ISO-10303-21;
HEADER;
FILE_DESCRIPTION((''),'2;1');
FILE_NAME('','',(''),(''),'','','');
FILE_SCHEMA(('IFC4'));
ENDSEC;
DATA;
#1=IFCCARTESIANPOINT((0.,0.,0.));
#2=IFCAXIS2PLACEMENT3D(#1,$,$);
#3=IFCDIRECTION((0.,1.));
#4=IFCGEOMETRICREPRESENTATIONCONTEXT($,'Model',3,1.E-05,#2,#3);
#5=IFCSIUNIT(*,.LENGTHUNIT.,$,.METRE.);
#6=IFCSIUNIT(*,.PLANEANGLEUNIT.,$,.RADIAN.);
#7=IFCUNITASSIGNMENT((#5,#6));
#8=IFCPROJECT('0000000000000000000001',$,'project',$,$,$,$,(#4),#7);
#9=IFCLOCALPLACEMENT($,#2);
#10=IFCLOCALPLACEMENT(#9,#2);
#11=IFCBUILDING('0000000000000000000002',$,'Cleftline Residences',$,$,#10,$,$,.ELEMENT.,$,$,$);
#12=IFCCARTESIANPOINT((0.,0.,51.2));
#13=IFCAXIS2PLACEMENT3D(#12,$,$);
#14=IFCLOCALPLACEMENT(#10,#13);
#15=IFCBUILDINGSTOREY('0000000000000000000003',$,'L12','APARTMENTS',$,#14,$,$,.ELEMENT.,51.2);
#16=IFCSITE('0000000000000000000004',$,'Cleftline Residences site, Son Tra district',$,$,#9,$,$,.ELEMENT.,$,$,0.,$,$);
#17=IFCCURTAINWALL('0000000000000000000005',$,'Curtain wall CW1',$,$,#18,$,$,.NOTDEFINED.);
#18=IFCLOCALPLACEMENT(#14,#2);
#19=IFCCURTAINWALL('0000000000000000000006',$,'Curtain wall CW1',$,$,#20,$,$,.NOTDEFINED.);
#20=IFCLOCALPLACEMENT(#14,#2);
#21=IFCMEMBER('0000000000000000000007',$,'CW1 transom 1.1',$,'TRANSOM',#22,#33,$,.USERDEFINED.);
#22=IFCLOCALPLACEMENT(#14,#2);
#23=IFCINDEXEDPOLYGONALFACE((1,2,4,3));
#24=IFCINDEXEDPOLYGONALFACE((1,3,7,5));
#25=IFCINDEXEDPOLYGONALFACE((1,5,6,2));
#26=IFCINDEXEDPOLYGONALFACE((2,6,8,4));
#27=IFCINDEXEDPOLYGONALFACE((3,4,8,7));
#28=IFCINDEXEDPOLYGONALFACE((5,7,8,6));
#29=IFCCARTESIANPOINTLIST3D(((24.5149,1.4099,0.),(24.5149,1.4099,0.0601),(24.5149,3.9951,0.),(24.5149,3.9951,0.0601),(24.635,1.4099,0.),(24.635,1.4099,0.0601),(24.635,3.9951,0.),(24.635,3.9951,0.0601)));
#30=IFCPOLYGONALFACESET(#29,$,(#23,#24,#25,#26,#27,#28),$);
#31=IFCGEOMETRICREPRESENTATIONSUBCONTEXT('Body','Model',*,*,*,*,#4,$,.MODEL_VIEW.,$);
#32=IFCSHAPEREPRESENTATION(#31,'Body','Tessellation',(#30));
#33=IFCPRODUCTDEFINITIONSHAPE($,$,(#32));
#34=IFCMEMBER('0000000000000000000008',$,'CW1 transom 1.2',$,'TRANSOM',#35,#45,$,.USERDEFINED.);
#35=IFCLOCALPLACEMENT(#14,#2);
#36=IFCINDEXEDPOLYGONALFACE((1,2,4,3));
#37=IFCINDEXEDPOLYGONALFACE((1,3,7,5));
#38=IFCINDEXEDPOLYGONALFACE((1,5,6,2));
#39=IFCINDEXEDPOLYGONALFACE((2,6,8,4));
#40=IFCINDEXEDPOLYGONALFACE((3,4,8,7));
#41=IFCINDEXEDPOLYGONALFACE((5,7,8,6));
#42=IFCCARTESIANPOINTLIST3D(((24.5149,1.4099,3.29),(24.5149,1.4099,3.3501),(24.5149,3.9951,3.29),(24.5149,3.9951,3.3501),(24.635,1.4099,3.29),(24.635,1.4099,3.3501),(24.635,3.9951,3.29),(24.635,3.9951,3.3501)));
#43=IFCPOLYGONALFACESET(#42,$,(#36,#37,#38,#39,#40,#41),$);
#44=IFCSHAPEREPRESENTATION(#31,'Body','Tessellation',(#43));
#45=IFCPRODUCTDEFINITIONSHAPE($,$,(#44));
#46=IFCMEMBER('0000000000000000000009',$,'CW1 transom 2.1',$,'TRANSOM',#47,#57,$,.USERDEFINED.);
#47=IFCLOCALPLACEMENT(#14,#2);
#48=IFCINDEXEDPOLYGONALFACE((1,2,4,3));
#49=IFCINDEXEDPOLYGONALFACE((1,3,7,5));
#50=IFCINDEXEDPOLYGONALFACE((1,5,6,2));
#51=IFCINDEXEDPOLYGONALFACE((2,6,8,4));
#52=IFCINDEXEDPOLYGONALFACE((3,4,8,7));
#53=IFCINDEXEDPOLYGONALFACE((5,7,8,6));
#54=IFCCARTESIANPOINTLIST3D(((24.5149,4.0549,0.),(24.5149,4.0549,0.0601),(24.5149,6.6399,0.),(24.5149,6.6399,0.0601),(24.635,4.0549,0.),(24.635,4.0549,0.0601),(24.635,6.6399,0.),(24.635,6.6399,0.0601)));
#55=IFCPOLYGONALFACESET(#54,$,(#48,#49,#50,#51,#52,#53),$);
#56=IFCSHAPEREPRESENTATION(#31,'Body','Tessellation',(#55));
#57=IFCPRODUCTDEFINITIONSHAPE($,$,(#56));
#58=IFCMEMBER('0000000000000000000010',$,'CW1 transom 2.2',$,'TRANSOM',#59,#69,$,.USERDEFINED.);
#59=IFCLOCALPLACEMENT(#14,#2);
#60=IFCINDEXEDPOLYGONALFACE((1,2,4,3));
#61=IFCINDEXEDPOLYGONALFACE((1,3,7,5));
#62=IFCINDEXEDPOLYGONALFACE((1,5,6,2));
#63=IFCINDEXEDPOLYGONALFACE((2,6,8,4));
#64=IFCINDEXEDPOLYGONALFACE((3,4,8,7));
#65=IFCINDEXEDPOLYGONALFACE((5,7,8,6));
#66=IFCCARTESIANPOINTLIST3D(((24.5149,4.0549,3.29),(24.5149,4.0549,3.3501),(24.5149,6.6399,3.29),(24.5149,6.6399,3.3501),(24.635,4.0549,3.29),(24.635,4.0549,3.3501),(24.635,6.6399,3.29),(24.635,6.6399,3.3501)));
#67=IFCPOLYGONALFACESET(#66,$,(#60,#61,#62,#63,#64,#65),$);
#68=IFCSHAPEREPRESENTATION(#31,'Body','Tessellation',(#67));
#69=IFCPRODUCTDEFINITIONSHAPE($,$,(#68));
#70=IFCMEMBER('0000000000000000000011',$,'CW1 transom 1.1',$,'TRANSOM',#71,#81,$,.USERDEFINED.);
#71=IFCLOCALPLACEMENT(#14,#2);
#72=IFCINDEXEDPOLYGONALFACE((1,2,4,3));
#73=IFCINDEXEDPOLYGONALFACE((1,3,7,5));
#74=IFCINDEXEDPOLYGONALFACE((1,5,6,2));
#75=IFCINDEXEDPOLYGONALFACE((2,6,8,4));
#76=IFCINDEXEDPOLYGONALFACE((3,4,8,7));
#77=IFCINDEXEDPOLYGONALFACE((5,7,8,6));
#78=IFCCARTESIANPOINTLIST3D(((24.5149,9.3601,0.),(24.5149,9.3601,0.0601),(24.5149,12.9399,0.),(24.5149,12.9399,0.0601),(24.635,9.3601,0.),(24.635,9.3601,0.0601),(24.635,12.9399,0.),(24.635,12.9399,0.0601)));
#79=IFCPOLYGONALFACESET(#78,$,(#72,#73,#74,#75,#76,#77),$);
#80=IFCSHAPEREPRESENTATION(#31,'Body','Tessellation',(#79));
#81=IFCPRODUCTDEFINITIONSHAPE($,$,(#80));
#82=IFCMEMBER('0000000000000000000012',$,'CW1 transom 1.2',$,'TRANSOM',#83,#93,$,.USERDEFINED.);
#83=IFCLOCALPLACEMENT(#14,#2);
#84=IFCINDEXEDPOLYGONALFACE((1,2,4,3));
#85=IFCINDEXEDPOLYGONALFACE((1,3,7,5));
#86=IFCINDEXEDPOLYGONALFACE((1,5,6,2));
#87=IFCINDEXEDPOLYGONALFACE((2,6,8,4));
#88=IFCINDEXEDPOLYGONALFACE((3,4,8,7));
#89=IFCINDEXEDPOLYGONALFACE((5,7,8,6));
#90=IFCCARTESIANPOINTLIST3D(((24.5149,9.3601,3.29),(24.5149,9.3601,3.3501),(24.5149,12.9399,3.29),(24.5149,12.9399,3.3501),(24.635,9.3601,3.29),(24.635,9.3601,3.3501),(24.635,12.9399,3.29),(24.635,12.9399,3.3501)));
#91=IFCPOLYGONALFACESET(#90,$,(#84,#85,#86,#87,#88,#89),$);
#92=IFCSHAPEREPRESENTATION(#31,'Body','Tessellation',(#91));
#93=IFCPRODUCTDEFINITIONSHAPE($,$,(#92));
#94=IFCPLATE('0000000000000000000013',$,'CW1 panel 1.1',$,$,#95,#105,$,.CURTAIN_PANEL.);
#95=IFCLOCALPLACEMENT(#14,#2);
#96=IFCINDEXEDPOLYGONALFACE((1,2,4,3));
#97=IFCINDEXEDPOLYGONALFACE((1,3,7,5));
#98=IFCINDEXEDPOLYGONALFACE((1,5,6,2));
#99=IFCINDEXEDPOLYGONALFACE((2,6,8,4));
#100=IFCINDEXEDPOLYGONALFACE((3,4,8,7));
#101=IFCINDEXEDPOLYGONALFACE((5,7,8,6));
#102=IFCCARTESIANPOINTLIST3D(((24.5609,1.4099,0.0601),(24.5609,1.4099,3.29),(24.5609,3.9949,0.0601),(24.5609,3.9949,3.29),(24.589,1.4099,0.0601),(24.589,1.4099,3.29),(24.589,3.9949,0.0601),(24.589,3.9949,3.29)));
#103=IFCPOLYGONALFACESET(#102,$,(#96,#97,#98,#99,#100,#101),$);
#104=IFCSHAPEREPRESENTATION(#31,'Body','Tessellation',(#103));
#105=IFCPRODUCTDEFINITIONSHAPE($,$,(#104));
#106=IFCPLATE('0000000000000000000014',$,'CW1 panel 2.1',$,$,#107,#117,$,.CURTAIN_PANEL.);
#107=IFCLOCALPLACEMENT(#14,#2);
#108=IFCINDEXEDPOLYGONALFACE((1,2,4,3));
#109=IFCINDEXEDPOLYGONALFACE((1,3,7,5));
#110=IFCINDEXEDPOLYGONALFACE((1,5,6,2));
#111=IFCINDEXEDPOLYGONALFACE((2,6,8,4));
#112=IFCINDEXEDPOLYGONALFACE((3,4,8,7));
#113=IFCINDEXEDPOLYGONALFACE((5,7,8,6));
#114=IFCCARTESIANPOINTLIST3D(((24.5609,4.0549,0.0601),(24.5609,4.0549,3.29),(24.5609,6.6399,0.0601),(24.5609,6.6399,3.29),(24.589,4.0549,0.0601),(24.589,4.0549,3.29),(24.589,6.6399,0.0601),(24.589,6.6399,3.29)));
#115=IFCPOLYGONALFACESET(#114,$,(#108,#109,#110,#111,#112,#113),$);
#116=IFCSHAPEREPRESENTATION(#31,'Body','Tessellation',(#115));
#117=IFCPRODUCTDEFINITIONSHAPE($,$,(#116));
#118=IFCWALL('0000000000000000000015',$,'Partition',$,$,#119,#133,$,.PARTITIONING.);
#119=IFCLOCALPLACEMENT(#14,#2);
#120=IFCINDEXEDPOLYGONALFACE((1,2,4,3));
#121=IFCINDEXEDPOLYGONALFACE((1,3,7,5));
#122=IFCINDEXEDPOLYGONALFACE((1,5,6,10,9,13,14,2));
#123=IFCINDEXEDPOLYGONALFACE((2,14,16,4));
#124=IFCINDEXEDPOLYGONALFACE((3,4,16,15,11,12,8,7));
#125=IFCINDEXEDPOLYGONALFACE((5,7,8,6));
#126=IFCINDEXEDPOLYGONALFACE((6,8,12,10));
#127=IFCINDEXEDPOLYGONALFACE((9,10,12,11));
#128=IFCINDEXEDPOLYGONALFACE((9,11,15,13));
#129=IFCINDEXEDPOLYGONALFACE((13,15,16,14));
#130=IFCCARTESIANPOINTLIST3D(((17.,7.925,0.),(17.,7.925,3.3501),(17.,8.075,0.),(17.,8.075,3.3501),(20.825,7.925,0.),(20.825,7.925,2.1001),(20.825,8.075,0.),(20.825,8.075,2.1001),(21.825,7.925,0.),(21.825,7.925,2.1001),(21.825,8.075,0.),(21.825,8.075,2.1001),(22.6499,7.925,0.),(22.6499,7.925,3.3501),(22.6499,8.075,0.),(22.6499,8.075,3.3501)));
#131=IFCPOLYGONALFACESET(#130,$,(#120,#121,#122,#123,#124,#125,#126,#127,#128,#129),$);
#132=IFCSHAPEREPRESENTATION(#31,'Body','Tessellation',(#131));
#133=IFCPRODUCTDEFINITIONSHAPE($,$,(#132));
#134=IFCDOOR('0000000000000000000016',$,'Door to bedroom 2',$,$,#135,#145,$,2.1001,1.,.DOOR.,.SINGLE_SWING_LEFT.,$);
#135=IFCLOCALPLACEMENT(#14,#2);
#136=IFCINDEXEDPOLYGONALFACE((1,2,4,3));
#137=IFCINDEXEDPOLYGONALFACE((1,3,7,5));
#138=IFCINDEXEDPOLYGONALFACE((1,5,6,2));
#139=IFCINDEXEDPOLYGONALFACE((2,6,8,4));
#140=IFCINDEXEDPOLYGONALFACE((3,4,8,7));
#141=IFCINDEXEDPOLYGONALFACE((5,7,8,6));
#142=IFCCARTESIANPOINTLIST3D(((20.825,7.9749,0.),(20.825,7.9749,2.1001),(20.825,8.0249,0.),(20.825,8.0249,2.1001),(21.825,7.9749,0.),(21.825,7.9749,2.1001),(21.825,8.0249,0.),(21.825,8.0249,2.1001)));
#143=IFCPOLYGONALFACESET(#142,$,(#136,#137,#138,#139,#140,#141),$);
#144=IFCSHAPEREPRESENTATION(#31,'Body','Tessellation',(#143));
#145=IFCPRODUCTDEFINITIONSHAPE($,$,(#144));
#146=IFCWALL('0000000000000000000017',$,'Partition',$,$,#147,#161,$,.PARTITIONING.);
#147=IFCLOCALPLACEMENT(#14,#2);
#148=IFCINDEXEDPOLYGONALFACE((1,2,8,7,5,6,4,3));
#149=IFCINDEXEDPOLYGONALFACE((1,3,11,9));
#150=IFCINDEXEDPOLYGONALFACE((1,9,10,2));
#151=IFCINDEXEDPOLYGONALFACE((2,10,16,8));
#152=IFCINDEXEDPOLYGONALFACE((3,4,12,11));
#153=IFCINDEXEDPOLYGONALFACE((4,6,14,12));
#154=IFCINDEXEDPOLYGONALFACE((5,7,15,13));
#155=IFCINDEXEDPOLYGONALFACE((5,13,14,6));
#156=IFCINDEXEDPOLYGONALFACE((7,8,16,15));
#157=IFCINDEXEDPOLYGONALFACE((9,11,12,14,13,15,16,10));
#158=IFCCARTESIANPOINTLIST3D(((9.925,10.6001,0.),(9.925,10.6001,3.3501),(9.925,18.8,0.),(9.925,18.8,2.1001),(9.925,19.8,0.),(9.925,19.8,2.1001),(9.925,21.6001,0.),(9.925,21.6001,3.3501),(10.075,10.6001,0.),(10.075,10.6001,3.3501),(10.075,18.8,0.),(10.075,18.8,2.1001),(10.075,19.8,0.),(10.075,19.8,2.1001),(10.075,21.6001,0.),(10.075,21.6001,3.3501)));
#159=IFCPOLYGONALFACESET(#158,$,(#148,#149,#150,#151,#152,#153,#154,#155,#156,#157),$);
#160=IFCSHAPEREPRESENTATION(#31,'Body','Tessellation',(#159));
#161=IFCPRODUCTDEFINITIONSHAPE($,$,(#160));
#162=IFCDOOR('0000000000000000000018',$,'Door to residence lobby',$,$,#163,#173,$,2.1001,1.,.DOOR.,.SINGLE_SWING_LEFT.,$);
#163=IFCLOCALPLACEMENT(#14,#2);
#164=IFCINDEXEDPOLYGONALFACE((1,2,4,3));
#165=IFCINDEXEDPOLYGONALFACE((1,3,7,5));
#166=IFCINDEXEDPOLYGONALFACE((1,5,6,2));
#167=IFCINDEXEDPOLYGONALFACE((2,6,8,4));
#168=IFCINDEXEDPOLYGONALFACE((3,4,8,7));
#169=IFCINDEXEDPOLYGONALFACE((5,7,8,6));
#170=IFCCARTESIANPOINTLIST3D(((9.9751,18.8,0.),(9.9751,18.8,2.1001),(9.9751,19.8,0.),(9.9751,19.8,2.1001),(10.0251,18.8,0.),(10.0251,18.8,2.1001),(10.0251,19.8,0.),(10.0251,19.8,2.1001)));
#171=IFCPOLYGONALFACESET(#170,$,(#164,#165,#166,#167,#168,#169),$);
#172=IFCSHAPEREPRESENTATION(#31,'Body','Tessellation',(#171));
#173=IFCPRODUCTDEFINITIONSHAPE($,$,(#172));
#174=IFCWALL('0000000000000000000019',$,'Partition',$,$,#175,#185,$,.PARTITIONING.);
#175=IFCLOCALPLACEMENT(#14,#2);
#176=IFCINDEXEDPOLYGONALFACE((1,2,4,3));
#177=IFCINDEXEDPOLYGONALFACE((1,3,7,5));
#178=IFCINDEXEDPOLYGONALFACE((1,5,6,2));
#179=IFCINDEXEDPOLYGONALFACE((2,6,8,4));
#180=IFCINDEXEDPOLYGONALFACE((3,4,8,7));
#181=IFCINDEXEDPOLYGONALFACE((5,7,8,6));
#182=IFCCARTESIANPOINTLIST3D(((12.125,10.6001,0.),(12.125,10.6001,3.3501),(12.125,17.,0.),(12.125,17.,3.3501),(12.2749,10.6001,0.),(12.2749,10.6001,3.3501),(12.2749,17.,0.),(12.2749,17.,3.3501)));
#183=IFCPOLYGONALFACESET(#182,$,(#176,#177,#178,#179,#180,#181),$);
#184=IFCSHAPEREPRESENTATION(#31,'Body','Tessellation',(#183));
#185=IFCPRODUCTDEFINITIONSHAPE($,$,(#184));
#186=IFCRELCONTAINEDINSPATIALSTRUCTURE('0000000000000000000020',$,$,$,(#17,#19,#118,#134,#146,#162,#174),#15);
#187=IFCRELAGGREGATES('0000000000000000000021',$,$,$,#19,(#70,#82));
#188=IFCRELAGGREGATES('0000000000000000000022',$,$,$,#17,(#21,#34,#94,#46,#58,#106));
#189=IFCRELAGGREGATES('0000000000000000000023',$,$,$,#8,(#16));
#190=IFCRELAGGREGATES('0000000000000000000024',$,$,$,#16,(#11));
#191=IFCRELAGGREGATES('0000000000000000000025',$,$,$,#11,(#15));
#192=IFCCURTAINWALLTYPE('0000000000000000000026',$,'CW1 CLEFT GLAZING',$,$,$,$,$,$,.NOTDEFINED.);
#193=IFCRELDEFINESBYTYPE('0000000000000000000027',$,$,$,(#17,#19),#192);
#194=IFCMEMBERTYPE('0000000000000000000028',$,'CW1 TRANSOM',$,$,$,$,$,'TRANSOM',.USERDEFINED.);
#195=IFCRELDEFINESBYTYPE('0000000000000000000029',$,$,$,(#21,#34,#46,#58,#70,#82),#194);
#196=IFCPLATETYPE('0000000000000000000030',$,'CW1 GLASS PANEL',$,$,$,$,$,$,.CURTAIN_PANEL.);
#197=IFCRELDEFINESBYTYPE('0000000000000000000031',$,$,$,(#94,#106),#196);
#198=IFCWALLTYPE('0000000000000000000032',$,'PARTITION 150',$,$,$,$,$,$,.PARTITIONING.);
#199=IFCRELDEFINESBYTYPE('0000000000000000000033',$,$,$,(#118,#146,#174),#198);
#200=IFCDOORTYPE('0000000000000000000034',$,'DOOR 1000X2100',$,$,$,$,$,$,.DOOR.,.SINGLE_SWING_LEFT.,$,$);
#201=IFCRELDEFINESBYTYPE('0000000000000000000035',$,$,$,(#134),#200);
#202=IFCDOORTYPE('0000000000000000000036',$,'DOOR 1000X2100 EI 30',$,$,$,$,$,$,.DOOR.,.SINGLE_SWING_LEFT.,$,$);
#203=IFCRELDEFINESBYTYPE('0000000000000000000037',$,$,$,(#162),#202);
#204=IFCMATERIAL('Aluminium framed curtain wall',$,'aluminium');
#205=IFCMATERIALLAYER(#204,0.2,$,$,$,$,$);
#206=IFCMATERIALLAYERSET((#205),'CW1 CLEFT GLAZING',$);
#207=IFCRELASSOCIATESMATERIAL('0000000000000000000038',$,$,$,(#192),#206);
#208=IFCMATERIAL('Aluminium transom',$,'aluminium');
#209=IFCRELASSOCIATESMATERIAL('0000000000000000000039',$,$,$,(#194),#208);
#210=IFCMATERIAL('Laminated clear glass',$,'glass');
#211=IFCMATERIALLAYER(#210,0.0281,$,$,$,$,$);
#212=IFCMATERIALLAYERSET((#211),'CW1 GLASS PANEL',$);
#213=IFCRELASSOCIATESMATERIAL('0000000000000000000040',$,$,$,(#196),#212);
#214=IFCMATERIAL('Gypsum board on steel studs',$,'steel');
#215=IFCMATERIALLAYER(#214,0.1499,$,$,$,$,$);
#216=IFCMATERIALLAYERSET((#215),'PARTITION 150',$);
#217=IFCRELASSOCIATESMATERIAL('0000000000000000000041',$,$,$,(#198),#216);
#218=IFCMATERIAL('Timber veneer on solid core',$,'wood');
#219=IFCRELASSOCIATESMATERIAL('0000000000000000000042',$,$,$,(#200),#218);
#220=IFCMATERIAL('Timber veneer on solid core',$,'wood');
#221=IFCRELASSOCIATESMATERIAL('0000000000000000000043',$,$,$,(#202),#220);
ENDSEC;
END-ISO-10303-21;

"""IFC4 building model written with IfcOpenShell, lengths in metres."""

from ifc_helpers import new_model, si_unit, direction, frame, frame_2d, origin, origin_2d, place, context, subcontext, project, spatial, rectangle, extrude, material, layer, layer_set, material_profile, profile_set, type_object, element, fill, aggregate, save


model = new_model("IFC4")

# Units and contexts
model_context = context("Model", 3, precision=1e-05, world=origin(), true_north=direction((0.0, 1.0)))
body_context = subcontext(model_context, "Body", "Model", "MODEL_VIEW")
ifc_project = project(units=[si_unit("LENGTHUNIT", "METRE"), si_unit("PLANEANGLEUNIT", "RADIAN")], contexts=[model_context])

# Site, building, storey
site_placement = place(None, origin())
site = spatial("IfcSite", under=ifc_project, at=site_placement, Name="Cleftline Residences site, Son Tra district", CompositionType="ELEMENT", RefElevation=0.0)
building_placement = place(site_placement, origin())
building = spatial("IfcBuilding", under=site, at=building_placement, Name="Cleftline Residences", CompositionType="ELEMENT")
storey_placement = place(building_placement, frame((0.0, 0.0, 51.2)))
storey = spatial("IfcBuildingStorey", under=building, at=storey_placement, Name="L12", Description="APARTMENTS", CompositionType="ELEMENT", Elevation=51.2)

# Curtain wall
ifc_material_1 = material(Name="Aluminium framed curtain wall", Category="aluminium")
ifc_layer_1 = layer(ifc_material_1, 0.2)
ifc_layer_set_1 = layer_set([ifc_layer_1], Name="CW1 CLEFT GLAZING")
curtain_wall_type = type_object("IfcCurtainWallType", Name="CW1 CLEFT GLAZING", PredefinedType="NOTDEFINED", material=ifc_layer_set_1)
curtain_wall_1_placement = place(storey_placement, origin())
curtain_wall_1 = element("IfcCurtainWall", 1, at=curtain_wall_1_placement, inside=storey, type_object=curtain_wall_type, Name="Curtain wall CW1", PredefinedType="NOTDEFINED")

# Curtain wall
curtain_wall_2_placement = place(storey_placement, origin())
curtain_wall_2 = element("IfcCurtainWall", 2, at=curtain_wall_2_placement, inside=storey, type_object=curtain_wall_type, Name="Curtain wall CW1", PredefinedType="NOTDEFINED")

# Members
ifc_material_2 = material(Name="Aluminium transom", Category="aluminium")
ifc_material_profile_1 = material_profile(ifc_material_2, rectangle(XDim=0.1201, YDim=0.0601, at=origin_2d()))
ifc_profile_set_1 = profile_set([ifc_material_profile_1], Name="Aluminium transom")
member_type_1 = type_object("IfcMemberType", Name="CW1 TRANSOM", ElementType="TRANSOM", PredefinedType="USERDEFINED", material=ifc_profile_set_1)
member_1_placement = place(storey_placement, frame((24.575, 1.4099, 0.03), z_axis=(0.0, 1.0, 0.0), x_axis=(-1.0, 0.0, 0.0)))
member_1 = element("IfcMember", 3, at=member_1_placement, type_object=member_type_1, Name="CW1 transom 1.1", ObjectType="TRANSOM", PredefinedType="USERDEFINED", context=body_context, shape_type="SweptSolid", body=[
    extrude(rectangle(XDim=0.1201, YDim=0.0601, at=origin_2d()), origin(), (0.0, 0.0, 1.0), 2.5852),
])
member_2_placement = place(storey_placement, frame((24.575, 1.4099, 3.3201), z_axis=(0.0, 1.0, 0.0), x_axis=(-1.0, 0.0, 0.0)))
member_2 = element("IfcMember", 4, at=member_2_placement, type_object=member_type_1, Name="CW1 transom 1.2", ObjectType="TRANSOM", PredefinedType="USERDEFINED", context=body_context, shape_type="SweptSolid", body=[
    extrude(rectangle(XDim=0.1201, YDim=0.0601, at=origin_2d()), origin(), (0.0, 0.0, 1.0), 2.5852),
])
member_3_placement = place(storey_placement, frame((24.575, 4.0549, 0.03), z_axis=(0.0, 1.0, 0.0), x_axis=(-1.0, 0.0, 0.0)))
member_3 = element("IfcMember", 5, at=member_3_placement, type_object=member_type_1, Name="CW1 transom 2.1", ObjectType="TRANSOM", PredefinedType="USERDEFINED", context=body_context, shape_type="SweptSolid", body=[
    extrude(rectangle(XDim=0.1201, YDim=0.0601, at=origin_2d()), origin(), (0.0, 0.0, 1.0), 2.585),
])
member_4_placement = place(storey_placement, frame((24.575, 4.0549, 3.3201), z_axis=(0.0, 1.0, 0.0), x_axis=(-1.0, 0.0, 0.0)))
member_4 = element("IfcMember", 6, at=member_4_placement, type_object=member_type_1, Name="CW1 transom 2.2", ObjectType="TRANSOM", PredefinedType="USERDEFINED", context=body_context, shape_type="SweptSolid", body=[
    extrude(rectangle(XDim=0.1201, YDim=0.0601, at=origin_2d()), origin(), (0.0, 0.0, 1.0), 2.585),
])
member_5_placement = place(storey_placement, frame((24.575, 9.3601, 0.03), z_axis=(0.0, 1.0, 0.0), x_axis=(-1.0, 0.0, 0.0)))
member_5 = element("IfcMember", 7, at=member_5_placement, type_object=member_type_1, Name="CW1 transom 1.1", ObjectType="TRANSOM", PredefinedType="USERDEFINED", context=body_context, shape_type="SweptSolid", body=[
    extrude(rectangle(XDim=0.1201, YDim=0.0601, at=origin_2d()), origin(), (0.0, 0.0, 1.0), 3.5798),
])
member_6_placement = place(storey_placement, frame((24.575, 9.3601, 3.3201), z_axis=(0.0, 1.0, 0.0), x_axis=(-1.0, 0.0, 0.0)))
member_6 = element("IfcMember", 8, at=member_6_placement, type_object=member_type_1, Name="CW1 transom 1.2", ObjectType="TRANSOM", PredefinedType="USERDEFINED", context=body_context, shape_type="SweptSolid", body=[
    extrude(rectangle(XDim=0.1201, YDim=0.0601, at=origin_2d()), origin(), (0.0, 0.0, 1.0), 3.5798),
])
aggregate(curtain_wall_2, [member_5, member_6])

# Plates
ifc_material_3 = material(Name="Laminated clear glass", Category="glass")
ifc_layer_2 = layer(ifc_material_3, 0.0281)
ifc_layer_set_2 = layer_set([ifc_layer_2], Name="CW1 GLASS PANEL")
plate_type = type_object("IfcPlateType", Name="CW1 GLASS PANEL", PredefinedType="CURTAIN_PANEL", material=ifc_layer_set_2)
plate_1_placement = place(storey_placement, frame((24.575, 2.7024, 0.0601), z_axis=(0.0, 0.0, 1.0), x_axis=(0.0, 1.0, 0.0)))
plate_1 = element("IfcPlate", 9, at=plate_1_placement, type_object=plate_type, Name="CW1 panel 1.1", PredefinedType="CURTAIN_PANEL", context=body_context, shape_type="SweptSolid", body=[
    extrude(rectangle(XDim=2.585, YDim=0.0281, at=origin_2d()), origin(), (0.0, 0.0, 1.0), 3.23),
])
plate_2_placement = place(storey_placement, frame((24.575, 5.3474, 0.0601), z_axis=(0.0, 0.0, 1.0), x_axis=(0.0, 1.0, 0.0)))
plate_2 = element("IfcPlate", 10, at=plate_2_placement, type_object=plate_type, Name="CW1 panel 2.1", PredefinedType="CURTAIN_PANEL", context=body_context, shape_type="SweptSolid", body=[
    extrude(rectangle(XDim=2.585, YDim=0.0281, at=origin_2d()), origin(), (0.0, 0.0, 1.0), 3.23),
])
aggregate(curtain_wall_1, [member_1, member_2, plate_1, member_3, member_4, plate_2])

# Walls, openings, doors
ifc_material_4 = material(Name="Gypsum board on steel studs", Category="steel")
ifc_layer_3 = layer(ifc_material_4, 0.1499)
ifc_layer_set_3 = layer_set([ifc_layer_3], Name="PARTITION 150")
wall_type = type_object("IfcWallType", Name="PARTITION 150", PredefinedType="PARTITIONING", material=ifc_layer_set_3)
wall_1_placement = place(storey_placement, frame((17.0, 8.0, 0.0), z_axis=(0.0, 0.0, 1.0), x_axis=(1.0, 0.0, 0.0)))
wall_1 = element("IfcWall", 11, at=wall_1_placement, inside=storey, type_object=wall_type, Name="Partition", PredefinedType="PARTITIONING", context=body_context, shape_type="SweptSolid", body=[
    extrude(rectangle(XDim=5.6499, YDim=0.1499, at=frame_2d((2.825, 0.0))), origin(), (0.0, 0.0, 1.0), 3.3501),
])
opening_1_placement = place(wall_1_placement, frame((3.825, 0.0, 0.0)))
opening_1 = element("IfcOpeningElement", 12, at=opening_1_placement, cuts=wall_1, PredefinedType="OPENING", context=body_context, shape_type="SweptSolid", body=[
    extrude(rectangle(XDim=1.0, YDim=2.1001, at=frame_2d((0.5, 1.05))), frame((0.0, 0.085, 0.0), z_axis=(0.0, -1.0, 0.0), x_axis=(1.0, 0.0, 0.0)), (0.0, 0.0, 1.0), 0.1699),
])
ifc_material_5 = material(Name="Timber veneer on solid core", Category="wood")
door_type_1 = type_object("IfcDoorType", Name="DOOR 1000X2100", OperationType="SINGLE_SWING_LEFT", PredefinedType="DOOR", material=ifc_material_5)
door_1_placement = place(opening_1_placement, origin())
door_1 = element("IfcDoor", 13, at=door_1_placement, inside=storey, type_object=door_type_1, Name="Door to bedroom 2", OperationType="SINGLE_SWING_LEFT", OverallHeight=2.1001, OverallWidth=1.0, PredefinedType="DOOR", context=body_context, shape_type="SweptSolid", body=[
    extrude(rectangle(XDim=1.0, YDim=2.1001, at=frame_2d((0.5, 1.05))), frame((0.0, 0.0249, 0.0), z_axis=(0.0, -1.0, 0.0), x_axis=(1.0, 0.0, 0.0)), (0.0, 0.0, 1.0), 0.05),
])
fill(opening_1, door_1)
wall_2_placement = place(storey_placement, frame((10.0, 10.6001, 0.0), z_axis=(0.0, 0.0, 1.0), x_axis=(0.0, 1.0, 0.0)))
wall_2 = element("IfcWall", 14, at=wall_2_placement, inside=storey, type_object=wall_type, Name="Partition", PredefinedType="PARTITIONING", context=body_context, shape_type="SweptSolid", body=[
    extrude(rectangle(XDim=11.0, YDim=0.1499, at=frame_2d((5.5, 0.0))), origin(), (0.0, 0.0, 1.0), 3.3501),
])
opening_2_placement = place(wall_2_placement, frame((8.2, 0.0, 0.0)))
opening_2 = element("IfcOpeningElement", 15, at=opening_2_placement, cuts=wall_2, PredefinedType="OPENING", context=body_context, shape_type="SweptSolid", body=[
    extrude(rectangle(XDim=1.0, YDim=2.1001, at=frame_2d((0.5, 1.05))), frame((0.0, 0.085, 0.0), z_axis=(0.0, -1.0, 0.0), x_axis=(1.0, 0.0, 0.0)), (0.0, 0.0, 1.0), 0.1699),
])
ifc_material_6 = material(Name="Timber veneer on solid core", Category="wood")
door_type_2 = type_object("IfcDoorType", Name="DOOR 1000X2100 EI 30", OperationType="SINGLE_SWING_LEFT", PredefinedType="DOOR", material=ifc_material_6)
door_2_placement = place(opening_2_placement, origin())
door_2 = element("IfcDoor", 16, at=door_2_placement, inside=storey, type_object=door_type_2, Name="Door to residence lobby", OperationType="SINGLE_SWING_LEFT", OverallHeight=2.1001, OverallWidth=1.0, PredefinedType="DOOR", context=body_context, shape_type="SweptSolid", body=[
    extrude(rectangle(XDim=1.0, YDim=2.1001, at=frame_2d((0.5, 1.05))), frame((0.0, 0.0249, 0.0), z_axis=(0.0, -1.0, 0.0), x_axis=(1.0, 0.0, 0.0)), (0.0, 0.0, 1.0), 0.05),
])
fill(opening_2, door_2)

# Wall
wall_3_placement = place(storey_placement, frame((12.2, 10.6001, 0.0), z_axis=(0.0, 0.0, 1.0), x_axis=(0.0, 1.0, 0.0)))
element("IfcWall", 17, at=wall_3_placement, inside=storey, type_object=wall_type, Name="Partition", PredefinedType="PARTITIONING", context=body_context, shape_type="SweptSolid", body=[
    extrude(rectangle(XDim=6.3999, YDim=0.1499, at=frame_2d((3.2, 0.0))), origin(), (0.0, 0.0, 1.0), 3.3501),
])

save(model, "model.ifc")
